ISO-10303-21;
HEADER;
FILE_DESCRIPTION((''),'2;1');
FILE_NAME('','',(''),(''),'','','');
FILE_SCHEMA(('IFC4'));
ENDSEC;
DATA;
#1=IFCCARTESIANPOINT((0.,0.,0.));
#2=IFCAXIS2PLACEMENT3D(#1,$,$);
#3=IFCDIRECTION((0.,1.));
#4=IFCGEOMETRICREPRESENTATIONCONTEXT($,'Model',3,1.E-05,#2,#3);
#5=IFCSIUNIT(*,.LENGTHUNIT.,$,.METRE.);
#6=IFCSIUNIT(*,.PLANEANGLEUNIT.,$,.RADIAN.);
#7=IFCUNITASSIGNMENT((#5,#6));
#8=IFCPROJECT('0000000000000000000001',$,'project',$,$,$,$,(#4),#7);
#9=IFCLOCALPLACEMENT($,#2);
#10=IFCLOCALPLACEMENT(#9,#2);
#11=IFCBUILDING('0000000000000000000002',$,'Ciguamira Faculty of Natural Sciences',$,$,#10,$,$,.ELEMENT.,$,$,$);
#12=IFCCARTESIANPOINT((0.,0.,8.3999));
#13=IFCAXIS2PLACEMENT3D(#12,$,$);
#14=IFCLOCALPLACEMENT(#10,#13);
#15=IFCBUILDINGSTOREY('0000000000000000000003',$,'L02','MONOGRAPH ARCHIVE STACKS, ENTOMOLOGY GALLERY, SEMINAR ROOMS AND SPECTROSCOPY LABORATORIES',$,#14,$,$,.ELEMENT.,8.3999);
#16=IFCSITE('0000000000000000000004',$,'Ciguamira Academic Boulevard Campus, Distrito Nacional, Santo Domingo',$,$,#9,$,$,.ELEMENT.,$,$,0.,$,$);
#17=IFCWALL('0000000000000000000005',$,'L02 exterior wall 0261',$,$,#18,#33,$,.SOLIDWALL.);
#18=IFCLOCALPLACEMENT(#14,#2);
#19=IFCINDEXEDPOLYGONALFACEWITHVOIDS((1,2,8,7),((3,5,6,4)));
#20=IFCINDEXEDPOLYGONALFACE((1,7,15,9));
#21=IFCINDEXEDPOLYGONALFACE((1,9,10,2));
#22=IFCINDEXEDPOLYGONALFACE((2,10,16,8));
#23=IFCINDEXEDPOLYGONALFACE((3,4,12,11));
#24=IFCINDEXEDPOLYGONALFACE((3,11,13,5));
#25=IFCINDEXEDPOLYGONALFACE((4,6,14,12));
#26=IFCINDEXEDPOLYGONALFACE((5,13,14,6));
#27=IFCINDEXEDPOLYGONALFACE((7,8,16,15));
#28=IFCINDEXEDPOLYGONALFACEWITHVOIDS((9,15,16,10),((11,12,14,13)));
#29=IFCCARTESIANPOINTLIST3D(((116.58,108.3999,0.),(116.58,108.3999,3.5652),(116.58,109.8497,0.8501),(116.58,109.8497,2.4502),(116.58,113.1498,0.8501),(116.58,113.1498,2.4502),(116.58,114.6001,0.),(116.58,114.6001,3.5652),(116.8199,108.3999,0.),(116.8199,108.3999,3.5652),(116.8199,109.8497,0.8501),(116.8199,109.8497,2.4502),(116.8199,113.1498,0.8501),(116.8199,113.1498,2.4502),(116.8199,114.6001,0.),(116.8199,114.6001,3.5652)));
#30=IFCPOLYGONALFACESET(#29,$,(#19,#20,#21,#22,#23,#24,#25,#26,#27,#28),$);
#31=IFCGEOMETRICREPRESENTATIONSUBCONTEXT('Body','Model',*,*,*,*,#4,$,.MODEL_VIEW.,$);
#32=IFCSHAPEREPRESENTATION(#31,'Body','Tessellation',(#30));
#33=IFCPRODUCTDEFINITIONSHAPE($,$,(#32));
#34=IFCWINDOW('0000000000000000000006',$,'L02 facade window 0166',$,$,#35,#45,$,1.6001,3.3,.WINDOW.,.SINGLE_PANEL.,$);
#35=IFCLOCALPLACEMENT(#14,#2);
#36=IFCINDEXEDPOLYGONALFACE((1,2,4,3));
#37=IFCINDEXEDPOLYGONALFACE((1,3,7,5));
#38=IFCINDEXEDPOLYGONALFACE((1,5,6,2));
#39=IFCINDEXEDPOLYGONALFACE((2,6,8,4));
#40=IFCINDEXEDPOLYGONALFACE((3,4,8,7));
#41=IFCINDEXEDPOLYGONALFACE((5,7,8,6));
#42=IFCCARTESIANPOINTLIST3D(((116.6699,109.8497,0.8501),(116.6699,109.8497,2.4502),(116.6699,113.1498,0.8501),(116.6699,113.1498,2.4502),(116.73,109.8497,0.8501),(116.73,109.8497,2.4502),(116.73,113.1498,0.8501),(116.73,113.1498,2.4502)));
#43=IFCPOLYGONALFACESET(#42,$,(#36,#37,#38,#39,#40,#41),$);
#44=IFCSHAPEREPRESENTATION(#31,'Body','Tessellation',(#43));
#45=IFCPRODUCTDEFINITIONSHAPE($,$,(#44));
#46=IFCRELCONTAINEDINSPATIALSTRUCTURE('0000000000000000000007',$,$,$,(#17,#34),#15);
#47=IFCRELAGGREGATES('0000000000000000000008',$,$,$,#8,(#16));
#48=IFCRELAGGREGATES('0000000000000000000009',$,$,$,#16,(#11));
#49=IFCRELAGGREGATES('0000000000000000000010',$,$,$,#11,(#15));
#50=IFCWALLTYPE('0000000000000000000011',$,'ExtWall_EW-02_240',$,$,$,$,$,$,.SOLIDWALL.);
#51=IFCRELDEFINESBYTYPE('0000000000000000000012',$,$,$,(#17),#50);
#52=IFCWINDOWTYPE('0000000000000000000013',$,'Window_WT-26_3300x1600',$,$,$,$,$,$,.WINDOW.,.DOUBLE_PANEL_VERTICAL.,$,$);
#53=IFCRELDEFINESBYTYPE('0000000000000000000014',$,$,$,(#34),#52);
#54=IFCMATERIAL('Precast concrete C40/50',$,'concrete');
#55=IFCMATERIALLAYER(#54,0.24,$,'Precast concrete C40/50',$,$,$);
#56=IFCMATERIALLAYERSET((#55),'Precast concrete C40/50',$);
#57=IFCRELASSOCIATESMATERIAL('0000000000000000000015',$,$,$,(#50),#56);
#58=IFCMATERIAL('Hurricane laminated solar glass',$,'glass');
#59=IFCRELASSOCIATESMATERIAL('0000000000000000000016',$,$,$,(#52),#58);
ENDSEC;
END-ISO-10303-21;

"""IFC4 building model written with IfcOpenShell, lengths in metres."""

from ifc_helpers import new_model, si_unit, direction, frame, frame_2d, origin, place, context, subcontext, project, spatial, rectangle, extrude, material, layer, layer_set, type_object, element, fill, save


model = new_model("IFC4")

# Units and contexts
model_context = context("Model", 3, precision=1e-05, world=origin(), true_north=direction((0.0, 1.0)))
body_context = subcontext(model_context, "Body", "Model", "MODEL_VIEW")
ifc_project = project(units=[si_unit("LENGTHUNIT", "METRE"), si_unit("PLANEANGLEUNIT", "RADIAN")], contexts=[model_context])

# Site, building, storey
site_placement = place(None, origin())
site = spatial("IfcSite", under=ifc_project, at=site_placement, Name="Ciguamira Academic Boulevard Campus, Distrito Nacional, Santo Domingo", CompositionType="ELEMENT", RefElevation=0.0)
building_placement = place(site_placement, origin())
building = spatial("IfcBuilding", under=site, at=building_placement, Name="Ciguamira Faculty of Natural Sciences", CompositionType="ELEMENT")
storey_placement = place(building_placement, frame((0.0, 0.0, 8.3999)))
storey = spatial("IfcBuildingStorey", under=building, at=storey_placement, Name="L02", Description="MONOGRAPH ARCHIVE STACKS, ENTOMOLOGY GALLERY, SEMINAR ROOMS AND SPECTROSCOPY LABORATORIES", CompositionType="ELEMENT", Elevation=8.3999)

# Shared definitions
ifc_material_1 = material(Name="Precast concrete C40/50", Category="concrete")

# Wall, opening, window
ifc_layer_1 = layer(ifc_material_1, 0.24, Name="Precast concrete C40/50")
ifc_layer_set_1 = layer_set([ifc_layer_1], Name="Precast concrete C40/50")
wall_type = type_object("IfcWallType", Name="ExtWall_EW-02_240", PredefinedType="SOLIDWALL", material=ifc_layer_set_1)
ifc_material_2 = material(Name="Hurricane laminated solar glass", Category="glass")
wall_1_placement = place(storey_placement, frame((116.7, 108.3999, 0.0), z_axis=(0.0, 0.0, 1.0), x_axis=(0.0, 1.0, 0.0)))
wall_1 = element("IfcWall", 1, at=wall_1_placement, inside=storey, type_object=wall_type, Name="L02 exterior wall 0261", PredefinedType="SOLIDWALL", context=body_context, shape_type="SweptSolid", body=[
    extrude(rectangle(XDim=6.2002, YDim=0.24, at=frame_2d((3.1001, 0.0))), origin(), (0.0, 0.0, 1.0), 3.5652),
])
opening_1_placement = place(wall_1_placement, frame((1.45, 0.0, 0.8501)))
opening_1 = element("IfcOpeningElement", 2, at=opening_1_placement, cuts=wall_1, PredefinedType="OPENING", context=body_context, shape_type="SweptSolid", body=[
    extrude(rectangle(XDim=3.3, YDim=1.6001, at=frame_2d((1.6499, 0.8))), frame((0.0, 0.1299, 0.0), z_axis=(0.0, -1.0, 0.0), x_axis=(1.0, 0.0, 0.0)), (0.0, 0.0, 1.0), 0.26),
])
window_type_1 = type_object("IfcWindowType", Name="Window_WT-26_3300x1600", PartitioningType="DOUBLE_PANEL_VERTICAL", PredefinedType="WINDOW", material=ifc_material_2)
window_1_placement = place(opening_1_placement, origin())
window_1 = element("IfcWindow", 3, at=window_1_placement, inside=storey, type_object=window_type_1, Name="L02 facade window 0166", OverallHeight=1.6001, OverallWidth=3.3, PartitioningType="SINGLE_PANEL", PredefinedType="WINDOW", context=body_context, shape_type="SweptSolid", body=[
    extrude(rectangle(XDim=3.3, YDim=1.6001, at=frame_2d((1.6499, 0.8))), frame((0.0, 0.03, 0.0), z_axis=(0.0, -1.0, 0.0), x_axis=(1.0, 0.0, 0.0)), (0.0, 0.0, 1.0), 0.0601),
])
fill(opening_1, window_1)

save(model, "model.ifc")
